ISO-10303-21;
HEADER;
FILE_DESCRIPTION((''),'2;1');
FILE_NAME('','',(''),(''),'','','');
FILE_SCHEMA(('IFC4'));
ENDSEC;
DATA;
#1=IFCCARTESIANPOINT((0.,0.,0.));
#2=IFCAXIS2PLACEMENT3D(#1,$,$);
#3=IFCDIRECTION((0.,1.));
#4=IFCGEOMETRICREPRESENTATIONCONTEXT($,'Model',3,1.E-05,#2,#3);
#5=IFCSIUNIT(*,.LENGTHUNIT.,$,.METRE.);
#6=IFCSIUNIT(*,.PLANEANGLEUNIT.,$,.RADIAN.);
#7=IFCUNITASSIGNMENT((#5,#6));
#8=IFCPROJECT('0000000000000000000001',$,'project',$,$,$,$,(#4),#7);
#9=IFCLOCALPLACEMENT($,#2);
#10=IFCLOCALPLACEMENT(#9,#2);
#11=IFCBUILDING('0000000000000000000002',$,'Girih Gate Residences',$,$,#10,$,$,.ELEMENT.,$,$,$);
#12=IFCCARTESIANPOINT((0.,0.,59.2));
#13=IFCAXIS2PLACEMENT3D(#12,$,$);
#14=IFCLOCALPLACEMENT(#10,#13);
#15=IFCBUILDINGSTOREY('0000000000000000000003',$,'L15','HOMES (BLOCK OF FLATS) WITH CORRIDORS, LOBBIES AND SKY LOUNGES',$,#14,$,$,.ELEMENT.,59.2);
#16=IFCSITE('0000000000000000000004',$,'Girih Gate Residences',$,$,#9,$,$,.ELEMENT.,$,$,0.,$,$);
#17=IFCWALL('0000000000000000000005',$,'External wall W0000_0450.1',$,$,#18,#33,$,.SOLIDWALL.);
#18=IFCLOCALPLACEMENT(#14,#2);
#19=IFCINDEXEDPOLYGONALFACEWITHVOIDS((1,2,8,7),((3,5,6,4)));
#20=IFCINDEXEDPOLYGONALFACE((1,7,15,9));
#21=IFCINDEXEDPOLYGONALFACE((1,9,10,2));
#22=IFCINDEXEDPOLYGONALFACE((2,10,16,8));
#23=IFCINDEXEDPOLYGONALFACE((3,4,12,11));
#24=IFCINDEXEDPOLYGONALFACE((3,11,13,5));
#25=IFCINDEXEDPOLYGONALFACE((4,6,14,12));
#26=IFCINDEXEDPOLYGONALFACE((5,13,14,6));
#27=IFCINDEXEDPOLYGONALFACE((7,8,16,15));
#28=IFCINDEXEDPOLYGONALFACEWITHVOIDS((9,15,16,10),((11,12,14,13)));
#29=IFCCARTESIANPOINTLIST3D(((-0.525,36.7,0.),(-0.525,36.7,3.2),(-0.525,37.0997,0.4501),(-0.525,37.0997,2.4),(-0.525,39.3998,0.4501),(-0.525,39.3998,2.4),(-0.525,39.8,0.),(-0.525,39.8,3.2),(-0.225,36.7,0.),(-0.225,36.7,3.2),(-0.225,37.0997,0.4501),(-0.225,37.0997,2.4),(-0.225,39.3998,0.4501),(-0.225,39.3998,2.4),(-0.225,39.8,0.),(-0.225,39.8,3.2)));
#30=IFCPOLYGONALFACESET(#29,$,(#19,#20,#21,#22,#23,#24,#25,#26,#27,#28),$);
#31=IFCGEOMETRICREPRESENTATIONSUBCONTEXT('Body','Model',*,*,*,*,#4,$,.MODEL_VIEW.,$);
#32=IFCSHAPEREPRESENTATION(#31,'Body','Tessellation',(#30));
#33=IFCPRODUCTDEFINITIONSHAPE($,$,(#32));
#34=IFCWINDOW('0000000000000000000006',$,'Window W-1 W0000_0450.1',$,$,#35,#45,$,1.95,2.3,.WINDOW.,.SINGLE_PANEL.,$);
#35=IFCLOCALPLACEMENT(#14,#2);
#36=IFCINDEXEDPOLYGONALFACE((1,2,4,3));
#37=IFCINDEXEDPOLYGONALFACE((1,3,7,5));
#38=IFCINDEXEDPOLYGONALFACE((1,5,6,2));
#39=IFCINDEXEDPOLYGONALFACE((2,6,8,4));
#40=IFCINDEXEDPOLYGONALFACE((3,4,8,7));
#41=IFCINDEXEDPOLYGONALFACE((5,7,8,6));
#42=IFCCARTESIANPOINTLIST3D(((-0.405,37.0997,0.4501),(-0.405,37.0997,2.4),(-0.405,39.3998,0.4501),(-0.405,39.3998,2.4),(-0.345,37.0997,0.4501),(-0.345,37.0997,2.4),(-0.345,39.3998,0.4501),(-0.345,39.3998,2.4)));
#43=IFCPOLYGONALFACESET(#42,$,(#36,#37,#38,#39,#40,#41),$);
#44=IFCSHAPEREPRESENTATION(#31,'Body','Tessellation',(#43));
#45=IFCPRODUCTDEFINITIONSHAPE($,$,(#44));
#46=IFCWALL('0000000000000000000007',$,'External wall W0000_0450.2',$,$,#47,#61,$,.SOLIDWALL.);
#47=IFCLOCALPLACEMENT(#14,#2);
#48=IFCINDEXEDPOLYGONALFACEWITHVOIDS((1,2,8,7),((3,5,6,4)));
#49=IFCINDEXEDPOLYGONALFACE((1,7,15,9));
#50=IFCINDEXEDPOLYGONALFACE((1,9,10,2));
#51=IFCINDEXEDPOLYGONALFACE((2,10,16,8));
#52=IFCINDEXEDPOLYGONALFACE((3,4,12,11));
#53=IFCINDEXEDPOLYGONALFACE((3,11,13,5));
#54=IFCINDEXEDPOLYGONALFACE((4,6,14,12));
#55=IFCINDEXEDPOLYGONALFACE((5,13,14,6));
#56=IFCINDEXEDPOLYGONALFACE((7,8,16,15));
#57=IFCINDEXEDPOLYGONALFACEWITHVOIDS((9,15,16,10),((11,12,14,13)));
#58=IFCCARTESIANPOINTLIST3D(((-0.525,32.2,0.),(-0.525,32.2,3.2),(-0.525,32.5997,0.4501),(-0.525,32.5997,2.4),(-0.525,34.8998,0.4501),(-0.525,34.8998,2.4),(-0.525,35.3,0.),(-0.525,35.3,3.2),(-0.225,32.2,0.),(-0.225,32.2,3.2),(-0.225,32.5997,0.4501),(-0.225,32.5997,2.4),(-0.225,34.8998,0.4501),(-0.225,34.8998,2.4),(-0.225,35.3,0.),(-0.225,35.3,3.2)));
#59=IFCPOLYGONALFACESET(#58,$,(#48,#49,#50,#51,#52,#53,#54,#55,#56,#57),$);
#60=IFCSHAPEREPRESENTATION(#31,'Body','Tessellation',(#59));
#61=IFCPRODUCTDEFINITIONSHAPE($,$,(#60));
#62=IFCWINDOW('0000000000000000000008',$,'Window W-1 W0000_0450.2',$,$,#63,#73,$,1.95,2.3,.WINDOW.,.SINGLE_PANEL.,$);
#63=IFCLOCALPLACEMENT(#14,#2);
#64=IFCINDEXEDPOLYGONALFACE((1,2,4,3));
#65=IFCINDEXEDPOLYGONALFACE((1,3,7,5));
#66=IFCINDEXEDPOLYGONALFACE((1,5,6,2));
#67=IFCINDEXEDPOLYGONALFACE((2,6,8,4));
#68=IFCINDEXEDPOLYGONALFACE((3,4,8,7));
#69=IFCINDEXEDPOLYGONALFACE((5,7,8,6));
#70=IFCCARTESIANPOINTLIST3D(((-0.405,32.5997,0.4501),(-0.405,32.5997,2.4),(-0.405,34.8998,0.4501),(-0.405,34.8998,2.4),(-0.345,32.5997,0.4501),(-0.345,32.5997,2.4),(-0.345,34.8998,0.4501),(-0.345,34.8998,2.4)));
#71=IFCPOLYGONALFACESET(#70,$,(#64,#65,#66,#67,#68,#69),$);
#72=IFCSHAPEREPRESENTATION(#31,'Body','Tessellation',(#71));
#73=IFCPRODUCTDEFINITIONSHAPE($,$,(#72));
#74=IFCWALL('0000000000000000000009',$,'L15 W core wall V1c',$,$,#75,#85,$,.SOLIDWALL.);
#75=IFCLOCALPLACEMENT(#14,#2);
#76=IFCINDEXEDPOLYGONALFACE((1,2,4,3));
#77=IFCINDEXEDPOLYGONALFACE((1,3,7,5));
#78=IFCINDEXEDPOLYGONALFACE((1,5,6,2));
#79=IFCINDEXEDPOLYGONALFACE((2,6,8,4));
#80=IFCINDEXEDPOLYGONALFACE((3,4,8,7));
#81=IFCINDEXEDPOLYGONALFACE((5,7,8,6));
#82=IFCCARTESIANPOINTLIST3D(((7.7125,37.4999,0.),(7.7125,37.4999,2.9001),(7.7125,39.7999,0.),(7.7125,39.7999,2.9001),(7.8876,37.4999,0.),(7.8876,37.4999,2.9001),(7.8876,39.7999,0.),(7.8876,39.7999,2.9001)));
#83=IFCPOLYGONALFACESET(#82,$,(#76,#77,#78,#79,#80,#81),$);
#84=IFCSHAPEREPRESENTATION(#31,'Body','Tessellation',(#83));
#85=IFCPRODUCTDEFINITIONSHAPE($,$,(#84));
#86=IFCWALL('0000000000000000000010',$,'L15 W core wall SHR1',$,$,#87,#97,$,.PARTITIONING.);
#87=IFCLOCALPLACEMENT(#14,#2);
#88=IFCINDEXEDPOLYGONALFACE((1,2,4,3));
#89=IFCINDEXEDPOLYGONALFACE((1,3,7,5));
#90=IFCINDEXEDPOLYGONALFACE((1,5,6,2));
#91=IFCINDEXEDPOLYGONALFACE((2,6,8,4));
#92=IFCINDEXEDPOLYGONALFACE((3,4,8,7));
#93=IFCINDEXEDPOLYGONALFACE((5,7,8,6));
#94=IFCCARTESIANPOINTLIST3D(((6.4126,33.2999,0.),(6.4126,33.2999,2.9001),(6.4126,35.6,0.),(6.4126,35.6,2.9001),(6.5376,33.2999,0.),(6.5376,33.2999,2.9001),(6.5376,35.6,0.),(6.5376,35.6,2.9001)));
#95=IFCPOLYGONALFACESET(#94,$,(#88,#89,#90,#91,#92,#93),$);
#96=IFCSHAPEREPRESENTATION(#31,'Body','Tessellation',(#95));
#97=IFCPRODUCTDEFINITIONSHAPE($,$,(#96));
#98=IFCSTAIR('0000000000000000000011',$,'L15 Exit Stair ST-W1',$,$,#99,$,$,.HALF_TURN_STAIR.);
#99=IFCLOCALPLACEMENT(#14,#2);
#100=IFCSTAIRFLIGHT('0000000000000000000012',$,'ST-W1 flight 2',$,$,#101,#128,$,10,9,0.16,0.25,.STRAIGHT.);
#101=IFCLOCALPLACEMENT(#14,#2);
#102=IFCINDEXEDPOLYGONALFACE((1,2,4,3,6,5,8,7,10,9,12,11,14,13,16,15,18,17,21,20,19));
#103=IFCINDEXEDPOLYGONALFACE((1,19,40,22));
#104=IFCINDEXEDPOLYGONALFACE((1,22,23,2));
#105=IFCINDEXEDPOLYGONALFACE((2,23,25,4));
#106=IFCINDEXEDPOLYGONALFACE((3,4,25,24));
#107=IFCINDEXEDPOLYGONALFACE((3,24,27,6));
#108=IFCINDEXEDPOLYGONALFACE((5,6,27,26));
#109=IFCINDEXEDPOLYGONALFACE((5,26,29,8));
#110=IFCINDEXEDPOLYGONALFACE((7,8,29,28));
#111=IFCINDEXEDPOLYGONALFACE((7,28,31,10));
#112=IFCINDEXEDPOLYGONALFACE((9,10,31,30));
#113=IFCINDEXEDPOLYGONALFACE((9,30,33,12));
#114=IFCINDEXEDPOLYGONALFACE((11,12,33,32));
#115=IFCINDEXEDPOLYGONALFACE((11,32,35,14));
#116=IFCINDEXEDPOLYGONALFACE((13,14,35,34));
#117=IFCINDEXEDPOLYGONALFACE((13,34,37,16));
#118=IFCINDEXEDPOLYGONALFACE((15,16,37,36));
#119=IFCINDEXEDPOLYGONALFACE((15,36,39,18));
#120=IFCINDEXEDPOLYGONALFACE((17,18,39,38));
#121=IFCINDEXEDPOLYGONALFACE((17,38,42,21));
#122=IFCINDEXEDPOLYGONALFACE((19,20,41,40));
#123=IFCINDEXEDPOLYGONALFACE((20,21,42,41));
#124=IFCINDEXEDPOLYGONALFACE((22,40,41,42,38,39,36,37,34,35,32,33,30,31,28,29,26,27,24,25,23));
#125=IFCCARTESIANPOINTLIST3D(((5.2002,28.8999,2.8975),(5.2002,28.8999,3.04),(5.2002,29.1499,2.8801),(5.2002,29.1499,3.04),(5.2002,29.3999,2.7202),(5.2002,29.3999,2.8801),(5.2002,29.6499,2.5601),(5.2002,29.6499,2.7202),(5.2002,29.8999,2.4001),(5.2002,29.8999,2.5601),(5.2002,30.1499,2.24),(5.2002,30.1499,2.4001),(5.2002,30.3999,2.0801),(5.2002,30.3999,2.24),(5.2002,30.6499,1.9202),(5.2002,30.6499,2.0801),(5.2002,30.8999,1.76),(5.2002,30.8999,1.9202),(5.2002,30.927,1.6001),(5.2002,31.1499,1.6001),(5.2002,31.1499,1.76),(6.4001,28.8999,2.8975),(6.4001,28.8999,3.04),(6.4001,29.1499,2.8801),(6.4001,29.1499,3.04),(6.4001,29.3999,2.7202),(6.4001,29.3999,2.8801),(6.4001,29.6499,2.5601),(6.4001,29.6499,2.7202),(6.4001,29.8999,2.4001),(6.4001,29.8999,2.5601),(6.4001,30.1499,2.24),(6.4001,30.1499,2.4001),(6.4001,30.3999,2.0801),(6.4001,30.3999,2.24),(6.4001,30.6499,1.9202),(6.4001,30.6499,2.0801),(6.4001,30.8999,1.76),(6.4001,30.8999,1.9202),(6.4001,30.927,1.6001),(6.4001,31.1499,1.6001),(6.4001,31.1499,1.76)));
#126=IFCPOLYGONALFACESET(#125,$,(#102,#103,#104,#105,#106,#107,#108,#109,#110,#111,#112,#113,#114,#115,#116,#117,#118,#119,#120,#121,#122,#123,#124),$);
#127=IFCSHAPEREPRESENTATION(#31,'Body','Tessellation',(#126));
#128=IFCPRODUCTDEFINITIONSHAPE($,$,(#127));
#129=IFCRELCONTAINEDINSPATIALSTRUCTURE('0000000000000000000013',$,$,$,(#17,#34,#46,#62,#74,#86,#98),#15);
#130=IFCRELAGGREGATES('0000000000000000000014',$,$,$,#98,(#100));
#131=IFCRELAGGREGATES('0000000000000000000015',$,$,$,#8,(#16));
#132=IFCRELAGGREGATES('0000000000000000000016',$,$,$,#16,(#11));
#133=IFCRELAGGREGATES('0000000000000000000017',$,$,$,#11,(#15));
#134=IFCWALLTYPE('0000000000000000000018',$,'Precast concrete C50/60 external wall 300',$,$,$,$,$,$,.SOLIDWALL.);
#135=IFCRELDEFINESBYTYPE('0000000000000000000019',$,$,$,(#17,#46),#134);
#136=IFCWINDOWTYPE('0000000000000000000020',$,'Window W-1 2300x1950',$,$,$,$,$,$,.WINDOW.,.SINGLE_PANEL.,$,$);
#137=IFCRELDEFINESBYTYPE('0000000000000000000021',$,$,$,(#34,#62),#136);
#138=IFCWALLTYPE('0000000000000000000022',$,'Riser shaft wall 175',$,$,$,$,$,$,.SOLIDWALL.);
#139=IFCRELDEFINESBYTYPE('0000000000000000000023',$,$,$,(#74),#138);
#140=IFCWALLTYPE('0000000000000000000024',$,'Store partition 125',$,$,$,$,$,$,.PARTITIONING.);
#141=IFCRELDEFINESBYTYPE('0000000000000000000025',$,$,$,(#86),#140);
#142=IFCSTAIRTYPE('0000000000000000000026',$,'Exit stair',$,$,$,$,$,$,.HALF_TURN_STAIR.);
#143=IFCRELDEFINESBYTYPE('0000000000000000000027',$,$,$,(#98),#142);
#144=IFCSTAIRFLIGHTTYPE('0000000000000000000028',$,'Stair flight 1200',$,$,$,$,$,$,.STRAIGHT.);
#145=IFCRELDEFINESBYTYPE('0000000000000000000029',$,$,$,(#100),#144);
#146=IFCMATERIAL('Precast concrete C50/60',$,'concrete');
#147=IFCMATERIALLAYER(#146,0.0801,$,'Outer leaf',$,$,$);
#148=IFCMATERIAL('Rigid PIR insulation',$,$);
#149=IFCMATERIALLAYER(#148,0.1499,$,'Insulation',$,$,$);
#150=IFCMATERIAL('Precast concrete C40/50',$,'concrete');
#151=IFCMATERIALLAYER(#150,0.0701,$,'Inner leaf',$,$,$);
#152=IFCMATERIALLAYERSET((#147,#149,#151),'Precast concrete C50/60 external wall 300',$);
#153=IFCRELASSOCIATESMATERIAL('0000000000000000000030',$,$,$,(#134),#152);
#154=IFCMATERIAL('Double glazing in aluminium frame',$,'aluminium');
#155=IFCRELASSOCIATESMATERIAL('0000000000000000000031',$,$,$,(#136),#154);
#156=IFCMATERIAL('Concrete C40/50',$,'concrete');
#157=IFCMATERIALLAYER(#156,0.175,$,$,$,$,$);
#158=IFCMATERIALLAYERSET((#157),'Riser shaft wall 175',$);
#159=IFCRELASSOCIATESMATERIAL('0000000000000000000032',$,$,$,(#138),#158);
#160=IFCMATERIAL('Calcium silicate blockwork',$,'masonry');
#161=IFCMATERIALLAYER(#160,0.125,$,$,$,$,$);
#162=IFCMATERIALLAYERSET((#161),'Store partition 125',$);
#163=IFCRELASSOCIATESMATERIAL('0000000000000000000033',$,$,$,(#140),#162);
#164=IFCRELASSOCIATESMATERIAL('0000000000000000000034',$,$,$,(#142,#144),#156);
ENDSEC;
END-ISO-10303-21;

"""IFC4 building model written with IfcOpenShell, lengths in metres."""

from ifc_helpers import new_model, si_unit, direction, frame, frame_2d, origin, place, context, subcontext, project, spatial, polyline, rectangle, outline, extrude, material, layer, layer_set, type_object, element, fill, aggregate, save


model = new_model("IFC4")

# Units and contexts
model_context = context("Model", 3, precision=1e-05, world=origin(), true_north=direction((0.0, 1.0)))
body_context = subcontext(model_context, "Body", "Model", "MODEL_VIEW")
ifc_project = project(units=[si_unit("LENGTHUNIT", "METRE"), si_unit("PLANEANGLEUNIT", "RADIAN")], contexts=[model_context])

# Site, building, storey
site_placement = place(None, origin())
site = spatial("IfcSite", under=ifc_project, at=site_placement, Name="Girih Gate Residences", CompositionType="ELEMENT", RefElevation=0.0)
building_placement = place(site_placement, origin())
building = spatial("IfcBuilding", under=site, at=building_placement, Name="Girih Gate Residences", CompositionType="ELEMENT")
storey_placement = place(building_placement, frame((0.0, 0.0, 59.2)))
storey = spatial("IfcBuildingStorey", under=building, at=storey_placement, Name="L15", Description="HOMES (BLOCK OF FLATS) WITH CORRIDORS, LOBBIES AND SKY LOUNGES", CompositionType="ELEMENT", Elevation=59.2)

# Shared definitions
ifc_material_1 = material(Name="Concrete C40/50", Category="concrete")

# Walls, openings, windows
ifc_material_2 = material(Name="Precast concrete C50/60", Category="concrete")
ifc_layer_1 = layer(ifc_material_2, 0.0801, Name="Outer leaf")
ifc_material_3 = material(Name="Rigid PIR insulation")
ifc_layer_2 = layer(ifc_material_3, 0.1499, Name="Insulation")
ifc_material_4 = material(Name="Precast concrete C40/50", Category="concrete")
ifc_layer_3 = layer(ifc_material_4, 0.0701, Name="Inner leaf")
ifc_layer_set_1 = layer_set([ifc_layer_1, ifc_layer_2, ifc_layer_3], Name="Precast concrete C50/60 external wall 300")
wall_type_1 = type_object("IfcWallType", Name="Precast concrete C50/60 external wall 300", PredefinedType="SOLIDWALL", material=ifc_layer_set_1)
wall_1_placement = place(storey_placement, frame((-0.375, 36.7, 0.0), z_axis=(0.0, 0.0, 1.0), x_axis=(0.0, 1.0, 0.0)))
wall_1 = element("IfcWall", 1, at=wall_1_placement, inside=storey, type_object=wall_type_1, Name="External wall W0000_0450.1", PredefinedType="SOLIDWALL", context=body_context, shape_type="SweptSolid", body=[
    extrude(rectangle(XDim=3.1001, YDim=0.3, at=frame_2d((1.55, 0.0))), origin(), (0.0, 0.0, 1.0), 3.2),
])
opening_1_placement = place(wall_1_placement, frame((0.3999, 0.0, 0.45)))
opening_1 = element("IfcOpeningElement", 2, at=opening_1_placement, cuts=wall_1, PredefinedType="OPENING", context=body_context, shape_type="SweptSolid", body=[
    extrude(rectangle(XDim=2.3, YDim=1.95, at=frame_2d((1.1499, 0.9751))), frame((0.0, 0.1599, 0.0), z_axis=(0.0, -1.0, 0.0), x_axis=(1.0, 0.0, 0.0)), (0.0, 0.0, 1.0), 0.3201),
])
ifc_material_5 = material(Name="Double glazing in aluminium frame", Category="aluminium")
window_type = type_object("IfcWindowType", Name="Window W-1 2300x1950", PartitioningType="SINGLE_PANEL", PredefinedType="WINDOW", material=ifc_material_5)
window_1_placement = place(opening_1_placement, origin())
window_1 = element("IfcWindow", 3, at=window_1_placement, inside=storey, type_object=window_type, Name="Window W-1 W0000_0450.1", OverallHeight=1.95, OverallWidth=2.3, PartitioningType="SINGLE_PANEL", PredefinedType="WINDOW", context=body_context, shape_type="SweptSolid", body=[
    extrude(rectangle(XDim=2.3, YDim=1.95, at=frame_2d((1.1499, 0.9751))), frame((0.0, 0.03, 0.0), z_axis=(0.0, -1.0, 0.0), x_axis=(1.0, 0.0, 0.0)), (0.0, 0.0, 1.0), 0.0601),
])
fill(opening_1, window_1)
wall_2_placement = place(storey_placement, frame((-0.375, 32.2, 0.0), z_axis=(0.0, 0.0, 1.0), x_axis=(0.0, 1.0, 0.0)))
wall_2 = element("IfcWall", 4, at=wall_2_placement, inside=storey, type_object=wall_type_1, Name="External wall W0000_0450.2", PredefinedType="SOLIDWALL", context=body_context, shape_type="SweptSolid", body=[
    extrude(rectangle(XDim=3.1001, YDim=0.3, at=frame_2d((1.55, 0.0))), origin(), (0.0, 0.0, 1.0), 3.2),
])
opening_2_placement = place(wall_2_placement, frame((0.3999, 0.0, 0.45)))
opening_2 = element("IfcOpeningElement", 5, at=opening_2_placement, cuts=wall_2, PredefinedType="OPENING", context=body_context, shape_type="SweptSolid", body=[
    extrude(rectangle(XDim=2.3, YDim=1.95, at=frame_2d((1.1499, 0.9751))), frame((0.0, 0.1599, 0.0), z_axis=(0.0, -1.0, 0.0), x_axis=(1.0, 0.0, 0.0)), (0.0, 0.0, 1.0), 0.3201),
])
window_2_placement = place(opening_2_placement, origin())
window_2 = element("IfcWindow", 6, at=window_2_placement, inside=storey, type_object=window_type, Name="Window W-1 W0000_0450.2", OverallHeight=1.95, OverallWidth=2.3, PartitioningType="SINGLE_PANEL", PredefinedType="WINDOW", context=body_context, shape_type="SweptSolid", body=[
    extrude(rectangle(XDim=2.3, YDim=1.95, at=frame_2d((1.1499, 0.9751))), frame((0.0, 0.03, 0.0), z_axis=(0.0, -1.0, 0.0), x_axis=(1.0, 0.0, 0.0)), (0.0, 0.0, 1.0), 0.0601),
])
fill(opening_2, window_2)

# Walls
ifc_layer_4 = layer(ifc_material_1, 0.175)
ifc_layer_set_2 = layer_set([ifc_layer_4], Name="Riser shaft wall 175")
wall_type_2 = type_object("IfcWallType", Name="Riser shaft wall 175", PredefinedType="SOLIDWALL", material=ifc_layer_set_2)
wall_3_placement = place(storey_placement, frame((7.8, 37.5, 0.0), z_axis=(0.0, 0.0, 1.0), x_axis=(0.0, 1.0, 0.0)))
element("IfcWall", 7, at=wall_3_placement, inside=storey, type_object=wall_type_2, Name="L15 W core wall V1c", PredefinedType="SOLIDWALL", context=body_context, shape_type="SweptSolid", body=[
    extrude(rectangle(XDim=2.3, YDim=0.175, at=frame_2d((1.1499, 0.0))), origin(), (0.0, 0.0, 1.0), 2.9001),
])
ifc_material_6 = material(Name="Calcium silicate blockwork", Category="masonry")
ifc_layer_5 = layer(ifc_material_6, 0.125)
ifc_layer_set_3 = layer_set([ifc_layer_5], Name="Store partition 125")
wall_type_3 = type_object("IfcWallType", Name="Store partition 125", PredefinedType="PARTITIONING", material=ifc_layer_set_3)
wall_4_placement = place(storey_placement, frame((6.4751, 33.3, 0.0), z_axis=(0.0, 0.0, 1.0), x_axis=(0.0, 1.0, 0.0)))
element("IfcWall", 8, at=wall_4_placement, inside=storey, type_object=wall_type_3, Name="L15 W core wall SHR1", PredefinedType="PARTITIONING", context=body_context, shape_type="SweptSolid", body=[
    extrude(rectangle(XDim=2.3, YDim=0.125, at=frame_2d((1.1499, 0.0))), origin(), (0.0, 0.0, 1.0), 2.9001),
])

# Stair, stair flight
stair_type = type_object("IfcStairType", Name="Exit stair", PredefinedType="HALF_TURN_STAIR", material=ifc_material_1)
stair_placement = place(storey_placement, origin())
stair = element("IfcStair", 9, at=stair_placement, inside=storey, type_object=stair_type, Name="L15 Exit Stair ST-W1", PredefinedType="HALF_TURN_STAIR")
stair_flight_type = type_object("IfcStairFlightType", Name="Stair flight 1200", PredefinedType="STRAIGHT", material=ifc_material_1)
stair_flight_placement = place(storey_placement, frame((5.8, 31.1499, 1.6001), z_axis=(0.0, 0.0, 1.0), x_axis=(0.0, -1.0, 0.0)))
stair_flight = element("IfcStairFlight", 10, at=stair_flight_placement, type_object=stair_flight_type, Name="ST-W1 flight 2", NumberOfRisers=10, NumberOfTreads=9, PredefinedType="STRAIGHT", RiserHeight=0.16, TreadLength=0.25, context=body_context, shape_type="SweptSolid", body=[
    extrude(outline(polyline([(0.0, 0.0), (0.0, 0.1599), (0.25, 0.1599), (0.25, 0.3201), (0.5, 0.3201), (0.5, 0.48), (0.75, 0.48), (0.75, 0.6399), (1.0, 0.6399), (1.0, 0.8), (1.25, 0.8), (1.25, 0.96), (1.5, 0.96), (1.5, 1.1201), (1.75, 1.1201), (1.75, 1.28), (2.0, 1.28), (2.0, 1.4399), (2.25, 1.4399), (2.25, 1.6001), (2.25, 1.2974), (0.2229, 0.0), (0.0, 0.0)])), frame((0.0, 0.6001, 0.0), z_axis=(0.0, -1.0, 0.0), x_axis=(1.0, 0.0, 0.0)), (0.0, 0.0, 1.0), 1.2),
])
aggregate(stair, [stair_flight])

save(model, "model.ifc")
